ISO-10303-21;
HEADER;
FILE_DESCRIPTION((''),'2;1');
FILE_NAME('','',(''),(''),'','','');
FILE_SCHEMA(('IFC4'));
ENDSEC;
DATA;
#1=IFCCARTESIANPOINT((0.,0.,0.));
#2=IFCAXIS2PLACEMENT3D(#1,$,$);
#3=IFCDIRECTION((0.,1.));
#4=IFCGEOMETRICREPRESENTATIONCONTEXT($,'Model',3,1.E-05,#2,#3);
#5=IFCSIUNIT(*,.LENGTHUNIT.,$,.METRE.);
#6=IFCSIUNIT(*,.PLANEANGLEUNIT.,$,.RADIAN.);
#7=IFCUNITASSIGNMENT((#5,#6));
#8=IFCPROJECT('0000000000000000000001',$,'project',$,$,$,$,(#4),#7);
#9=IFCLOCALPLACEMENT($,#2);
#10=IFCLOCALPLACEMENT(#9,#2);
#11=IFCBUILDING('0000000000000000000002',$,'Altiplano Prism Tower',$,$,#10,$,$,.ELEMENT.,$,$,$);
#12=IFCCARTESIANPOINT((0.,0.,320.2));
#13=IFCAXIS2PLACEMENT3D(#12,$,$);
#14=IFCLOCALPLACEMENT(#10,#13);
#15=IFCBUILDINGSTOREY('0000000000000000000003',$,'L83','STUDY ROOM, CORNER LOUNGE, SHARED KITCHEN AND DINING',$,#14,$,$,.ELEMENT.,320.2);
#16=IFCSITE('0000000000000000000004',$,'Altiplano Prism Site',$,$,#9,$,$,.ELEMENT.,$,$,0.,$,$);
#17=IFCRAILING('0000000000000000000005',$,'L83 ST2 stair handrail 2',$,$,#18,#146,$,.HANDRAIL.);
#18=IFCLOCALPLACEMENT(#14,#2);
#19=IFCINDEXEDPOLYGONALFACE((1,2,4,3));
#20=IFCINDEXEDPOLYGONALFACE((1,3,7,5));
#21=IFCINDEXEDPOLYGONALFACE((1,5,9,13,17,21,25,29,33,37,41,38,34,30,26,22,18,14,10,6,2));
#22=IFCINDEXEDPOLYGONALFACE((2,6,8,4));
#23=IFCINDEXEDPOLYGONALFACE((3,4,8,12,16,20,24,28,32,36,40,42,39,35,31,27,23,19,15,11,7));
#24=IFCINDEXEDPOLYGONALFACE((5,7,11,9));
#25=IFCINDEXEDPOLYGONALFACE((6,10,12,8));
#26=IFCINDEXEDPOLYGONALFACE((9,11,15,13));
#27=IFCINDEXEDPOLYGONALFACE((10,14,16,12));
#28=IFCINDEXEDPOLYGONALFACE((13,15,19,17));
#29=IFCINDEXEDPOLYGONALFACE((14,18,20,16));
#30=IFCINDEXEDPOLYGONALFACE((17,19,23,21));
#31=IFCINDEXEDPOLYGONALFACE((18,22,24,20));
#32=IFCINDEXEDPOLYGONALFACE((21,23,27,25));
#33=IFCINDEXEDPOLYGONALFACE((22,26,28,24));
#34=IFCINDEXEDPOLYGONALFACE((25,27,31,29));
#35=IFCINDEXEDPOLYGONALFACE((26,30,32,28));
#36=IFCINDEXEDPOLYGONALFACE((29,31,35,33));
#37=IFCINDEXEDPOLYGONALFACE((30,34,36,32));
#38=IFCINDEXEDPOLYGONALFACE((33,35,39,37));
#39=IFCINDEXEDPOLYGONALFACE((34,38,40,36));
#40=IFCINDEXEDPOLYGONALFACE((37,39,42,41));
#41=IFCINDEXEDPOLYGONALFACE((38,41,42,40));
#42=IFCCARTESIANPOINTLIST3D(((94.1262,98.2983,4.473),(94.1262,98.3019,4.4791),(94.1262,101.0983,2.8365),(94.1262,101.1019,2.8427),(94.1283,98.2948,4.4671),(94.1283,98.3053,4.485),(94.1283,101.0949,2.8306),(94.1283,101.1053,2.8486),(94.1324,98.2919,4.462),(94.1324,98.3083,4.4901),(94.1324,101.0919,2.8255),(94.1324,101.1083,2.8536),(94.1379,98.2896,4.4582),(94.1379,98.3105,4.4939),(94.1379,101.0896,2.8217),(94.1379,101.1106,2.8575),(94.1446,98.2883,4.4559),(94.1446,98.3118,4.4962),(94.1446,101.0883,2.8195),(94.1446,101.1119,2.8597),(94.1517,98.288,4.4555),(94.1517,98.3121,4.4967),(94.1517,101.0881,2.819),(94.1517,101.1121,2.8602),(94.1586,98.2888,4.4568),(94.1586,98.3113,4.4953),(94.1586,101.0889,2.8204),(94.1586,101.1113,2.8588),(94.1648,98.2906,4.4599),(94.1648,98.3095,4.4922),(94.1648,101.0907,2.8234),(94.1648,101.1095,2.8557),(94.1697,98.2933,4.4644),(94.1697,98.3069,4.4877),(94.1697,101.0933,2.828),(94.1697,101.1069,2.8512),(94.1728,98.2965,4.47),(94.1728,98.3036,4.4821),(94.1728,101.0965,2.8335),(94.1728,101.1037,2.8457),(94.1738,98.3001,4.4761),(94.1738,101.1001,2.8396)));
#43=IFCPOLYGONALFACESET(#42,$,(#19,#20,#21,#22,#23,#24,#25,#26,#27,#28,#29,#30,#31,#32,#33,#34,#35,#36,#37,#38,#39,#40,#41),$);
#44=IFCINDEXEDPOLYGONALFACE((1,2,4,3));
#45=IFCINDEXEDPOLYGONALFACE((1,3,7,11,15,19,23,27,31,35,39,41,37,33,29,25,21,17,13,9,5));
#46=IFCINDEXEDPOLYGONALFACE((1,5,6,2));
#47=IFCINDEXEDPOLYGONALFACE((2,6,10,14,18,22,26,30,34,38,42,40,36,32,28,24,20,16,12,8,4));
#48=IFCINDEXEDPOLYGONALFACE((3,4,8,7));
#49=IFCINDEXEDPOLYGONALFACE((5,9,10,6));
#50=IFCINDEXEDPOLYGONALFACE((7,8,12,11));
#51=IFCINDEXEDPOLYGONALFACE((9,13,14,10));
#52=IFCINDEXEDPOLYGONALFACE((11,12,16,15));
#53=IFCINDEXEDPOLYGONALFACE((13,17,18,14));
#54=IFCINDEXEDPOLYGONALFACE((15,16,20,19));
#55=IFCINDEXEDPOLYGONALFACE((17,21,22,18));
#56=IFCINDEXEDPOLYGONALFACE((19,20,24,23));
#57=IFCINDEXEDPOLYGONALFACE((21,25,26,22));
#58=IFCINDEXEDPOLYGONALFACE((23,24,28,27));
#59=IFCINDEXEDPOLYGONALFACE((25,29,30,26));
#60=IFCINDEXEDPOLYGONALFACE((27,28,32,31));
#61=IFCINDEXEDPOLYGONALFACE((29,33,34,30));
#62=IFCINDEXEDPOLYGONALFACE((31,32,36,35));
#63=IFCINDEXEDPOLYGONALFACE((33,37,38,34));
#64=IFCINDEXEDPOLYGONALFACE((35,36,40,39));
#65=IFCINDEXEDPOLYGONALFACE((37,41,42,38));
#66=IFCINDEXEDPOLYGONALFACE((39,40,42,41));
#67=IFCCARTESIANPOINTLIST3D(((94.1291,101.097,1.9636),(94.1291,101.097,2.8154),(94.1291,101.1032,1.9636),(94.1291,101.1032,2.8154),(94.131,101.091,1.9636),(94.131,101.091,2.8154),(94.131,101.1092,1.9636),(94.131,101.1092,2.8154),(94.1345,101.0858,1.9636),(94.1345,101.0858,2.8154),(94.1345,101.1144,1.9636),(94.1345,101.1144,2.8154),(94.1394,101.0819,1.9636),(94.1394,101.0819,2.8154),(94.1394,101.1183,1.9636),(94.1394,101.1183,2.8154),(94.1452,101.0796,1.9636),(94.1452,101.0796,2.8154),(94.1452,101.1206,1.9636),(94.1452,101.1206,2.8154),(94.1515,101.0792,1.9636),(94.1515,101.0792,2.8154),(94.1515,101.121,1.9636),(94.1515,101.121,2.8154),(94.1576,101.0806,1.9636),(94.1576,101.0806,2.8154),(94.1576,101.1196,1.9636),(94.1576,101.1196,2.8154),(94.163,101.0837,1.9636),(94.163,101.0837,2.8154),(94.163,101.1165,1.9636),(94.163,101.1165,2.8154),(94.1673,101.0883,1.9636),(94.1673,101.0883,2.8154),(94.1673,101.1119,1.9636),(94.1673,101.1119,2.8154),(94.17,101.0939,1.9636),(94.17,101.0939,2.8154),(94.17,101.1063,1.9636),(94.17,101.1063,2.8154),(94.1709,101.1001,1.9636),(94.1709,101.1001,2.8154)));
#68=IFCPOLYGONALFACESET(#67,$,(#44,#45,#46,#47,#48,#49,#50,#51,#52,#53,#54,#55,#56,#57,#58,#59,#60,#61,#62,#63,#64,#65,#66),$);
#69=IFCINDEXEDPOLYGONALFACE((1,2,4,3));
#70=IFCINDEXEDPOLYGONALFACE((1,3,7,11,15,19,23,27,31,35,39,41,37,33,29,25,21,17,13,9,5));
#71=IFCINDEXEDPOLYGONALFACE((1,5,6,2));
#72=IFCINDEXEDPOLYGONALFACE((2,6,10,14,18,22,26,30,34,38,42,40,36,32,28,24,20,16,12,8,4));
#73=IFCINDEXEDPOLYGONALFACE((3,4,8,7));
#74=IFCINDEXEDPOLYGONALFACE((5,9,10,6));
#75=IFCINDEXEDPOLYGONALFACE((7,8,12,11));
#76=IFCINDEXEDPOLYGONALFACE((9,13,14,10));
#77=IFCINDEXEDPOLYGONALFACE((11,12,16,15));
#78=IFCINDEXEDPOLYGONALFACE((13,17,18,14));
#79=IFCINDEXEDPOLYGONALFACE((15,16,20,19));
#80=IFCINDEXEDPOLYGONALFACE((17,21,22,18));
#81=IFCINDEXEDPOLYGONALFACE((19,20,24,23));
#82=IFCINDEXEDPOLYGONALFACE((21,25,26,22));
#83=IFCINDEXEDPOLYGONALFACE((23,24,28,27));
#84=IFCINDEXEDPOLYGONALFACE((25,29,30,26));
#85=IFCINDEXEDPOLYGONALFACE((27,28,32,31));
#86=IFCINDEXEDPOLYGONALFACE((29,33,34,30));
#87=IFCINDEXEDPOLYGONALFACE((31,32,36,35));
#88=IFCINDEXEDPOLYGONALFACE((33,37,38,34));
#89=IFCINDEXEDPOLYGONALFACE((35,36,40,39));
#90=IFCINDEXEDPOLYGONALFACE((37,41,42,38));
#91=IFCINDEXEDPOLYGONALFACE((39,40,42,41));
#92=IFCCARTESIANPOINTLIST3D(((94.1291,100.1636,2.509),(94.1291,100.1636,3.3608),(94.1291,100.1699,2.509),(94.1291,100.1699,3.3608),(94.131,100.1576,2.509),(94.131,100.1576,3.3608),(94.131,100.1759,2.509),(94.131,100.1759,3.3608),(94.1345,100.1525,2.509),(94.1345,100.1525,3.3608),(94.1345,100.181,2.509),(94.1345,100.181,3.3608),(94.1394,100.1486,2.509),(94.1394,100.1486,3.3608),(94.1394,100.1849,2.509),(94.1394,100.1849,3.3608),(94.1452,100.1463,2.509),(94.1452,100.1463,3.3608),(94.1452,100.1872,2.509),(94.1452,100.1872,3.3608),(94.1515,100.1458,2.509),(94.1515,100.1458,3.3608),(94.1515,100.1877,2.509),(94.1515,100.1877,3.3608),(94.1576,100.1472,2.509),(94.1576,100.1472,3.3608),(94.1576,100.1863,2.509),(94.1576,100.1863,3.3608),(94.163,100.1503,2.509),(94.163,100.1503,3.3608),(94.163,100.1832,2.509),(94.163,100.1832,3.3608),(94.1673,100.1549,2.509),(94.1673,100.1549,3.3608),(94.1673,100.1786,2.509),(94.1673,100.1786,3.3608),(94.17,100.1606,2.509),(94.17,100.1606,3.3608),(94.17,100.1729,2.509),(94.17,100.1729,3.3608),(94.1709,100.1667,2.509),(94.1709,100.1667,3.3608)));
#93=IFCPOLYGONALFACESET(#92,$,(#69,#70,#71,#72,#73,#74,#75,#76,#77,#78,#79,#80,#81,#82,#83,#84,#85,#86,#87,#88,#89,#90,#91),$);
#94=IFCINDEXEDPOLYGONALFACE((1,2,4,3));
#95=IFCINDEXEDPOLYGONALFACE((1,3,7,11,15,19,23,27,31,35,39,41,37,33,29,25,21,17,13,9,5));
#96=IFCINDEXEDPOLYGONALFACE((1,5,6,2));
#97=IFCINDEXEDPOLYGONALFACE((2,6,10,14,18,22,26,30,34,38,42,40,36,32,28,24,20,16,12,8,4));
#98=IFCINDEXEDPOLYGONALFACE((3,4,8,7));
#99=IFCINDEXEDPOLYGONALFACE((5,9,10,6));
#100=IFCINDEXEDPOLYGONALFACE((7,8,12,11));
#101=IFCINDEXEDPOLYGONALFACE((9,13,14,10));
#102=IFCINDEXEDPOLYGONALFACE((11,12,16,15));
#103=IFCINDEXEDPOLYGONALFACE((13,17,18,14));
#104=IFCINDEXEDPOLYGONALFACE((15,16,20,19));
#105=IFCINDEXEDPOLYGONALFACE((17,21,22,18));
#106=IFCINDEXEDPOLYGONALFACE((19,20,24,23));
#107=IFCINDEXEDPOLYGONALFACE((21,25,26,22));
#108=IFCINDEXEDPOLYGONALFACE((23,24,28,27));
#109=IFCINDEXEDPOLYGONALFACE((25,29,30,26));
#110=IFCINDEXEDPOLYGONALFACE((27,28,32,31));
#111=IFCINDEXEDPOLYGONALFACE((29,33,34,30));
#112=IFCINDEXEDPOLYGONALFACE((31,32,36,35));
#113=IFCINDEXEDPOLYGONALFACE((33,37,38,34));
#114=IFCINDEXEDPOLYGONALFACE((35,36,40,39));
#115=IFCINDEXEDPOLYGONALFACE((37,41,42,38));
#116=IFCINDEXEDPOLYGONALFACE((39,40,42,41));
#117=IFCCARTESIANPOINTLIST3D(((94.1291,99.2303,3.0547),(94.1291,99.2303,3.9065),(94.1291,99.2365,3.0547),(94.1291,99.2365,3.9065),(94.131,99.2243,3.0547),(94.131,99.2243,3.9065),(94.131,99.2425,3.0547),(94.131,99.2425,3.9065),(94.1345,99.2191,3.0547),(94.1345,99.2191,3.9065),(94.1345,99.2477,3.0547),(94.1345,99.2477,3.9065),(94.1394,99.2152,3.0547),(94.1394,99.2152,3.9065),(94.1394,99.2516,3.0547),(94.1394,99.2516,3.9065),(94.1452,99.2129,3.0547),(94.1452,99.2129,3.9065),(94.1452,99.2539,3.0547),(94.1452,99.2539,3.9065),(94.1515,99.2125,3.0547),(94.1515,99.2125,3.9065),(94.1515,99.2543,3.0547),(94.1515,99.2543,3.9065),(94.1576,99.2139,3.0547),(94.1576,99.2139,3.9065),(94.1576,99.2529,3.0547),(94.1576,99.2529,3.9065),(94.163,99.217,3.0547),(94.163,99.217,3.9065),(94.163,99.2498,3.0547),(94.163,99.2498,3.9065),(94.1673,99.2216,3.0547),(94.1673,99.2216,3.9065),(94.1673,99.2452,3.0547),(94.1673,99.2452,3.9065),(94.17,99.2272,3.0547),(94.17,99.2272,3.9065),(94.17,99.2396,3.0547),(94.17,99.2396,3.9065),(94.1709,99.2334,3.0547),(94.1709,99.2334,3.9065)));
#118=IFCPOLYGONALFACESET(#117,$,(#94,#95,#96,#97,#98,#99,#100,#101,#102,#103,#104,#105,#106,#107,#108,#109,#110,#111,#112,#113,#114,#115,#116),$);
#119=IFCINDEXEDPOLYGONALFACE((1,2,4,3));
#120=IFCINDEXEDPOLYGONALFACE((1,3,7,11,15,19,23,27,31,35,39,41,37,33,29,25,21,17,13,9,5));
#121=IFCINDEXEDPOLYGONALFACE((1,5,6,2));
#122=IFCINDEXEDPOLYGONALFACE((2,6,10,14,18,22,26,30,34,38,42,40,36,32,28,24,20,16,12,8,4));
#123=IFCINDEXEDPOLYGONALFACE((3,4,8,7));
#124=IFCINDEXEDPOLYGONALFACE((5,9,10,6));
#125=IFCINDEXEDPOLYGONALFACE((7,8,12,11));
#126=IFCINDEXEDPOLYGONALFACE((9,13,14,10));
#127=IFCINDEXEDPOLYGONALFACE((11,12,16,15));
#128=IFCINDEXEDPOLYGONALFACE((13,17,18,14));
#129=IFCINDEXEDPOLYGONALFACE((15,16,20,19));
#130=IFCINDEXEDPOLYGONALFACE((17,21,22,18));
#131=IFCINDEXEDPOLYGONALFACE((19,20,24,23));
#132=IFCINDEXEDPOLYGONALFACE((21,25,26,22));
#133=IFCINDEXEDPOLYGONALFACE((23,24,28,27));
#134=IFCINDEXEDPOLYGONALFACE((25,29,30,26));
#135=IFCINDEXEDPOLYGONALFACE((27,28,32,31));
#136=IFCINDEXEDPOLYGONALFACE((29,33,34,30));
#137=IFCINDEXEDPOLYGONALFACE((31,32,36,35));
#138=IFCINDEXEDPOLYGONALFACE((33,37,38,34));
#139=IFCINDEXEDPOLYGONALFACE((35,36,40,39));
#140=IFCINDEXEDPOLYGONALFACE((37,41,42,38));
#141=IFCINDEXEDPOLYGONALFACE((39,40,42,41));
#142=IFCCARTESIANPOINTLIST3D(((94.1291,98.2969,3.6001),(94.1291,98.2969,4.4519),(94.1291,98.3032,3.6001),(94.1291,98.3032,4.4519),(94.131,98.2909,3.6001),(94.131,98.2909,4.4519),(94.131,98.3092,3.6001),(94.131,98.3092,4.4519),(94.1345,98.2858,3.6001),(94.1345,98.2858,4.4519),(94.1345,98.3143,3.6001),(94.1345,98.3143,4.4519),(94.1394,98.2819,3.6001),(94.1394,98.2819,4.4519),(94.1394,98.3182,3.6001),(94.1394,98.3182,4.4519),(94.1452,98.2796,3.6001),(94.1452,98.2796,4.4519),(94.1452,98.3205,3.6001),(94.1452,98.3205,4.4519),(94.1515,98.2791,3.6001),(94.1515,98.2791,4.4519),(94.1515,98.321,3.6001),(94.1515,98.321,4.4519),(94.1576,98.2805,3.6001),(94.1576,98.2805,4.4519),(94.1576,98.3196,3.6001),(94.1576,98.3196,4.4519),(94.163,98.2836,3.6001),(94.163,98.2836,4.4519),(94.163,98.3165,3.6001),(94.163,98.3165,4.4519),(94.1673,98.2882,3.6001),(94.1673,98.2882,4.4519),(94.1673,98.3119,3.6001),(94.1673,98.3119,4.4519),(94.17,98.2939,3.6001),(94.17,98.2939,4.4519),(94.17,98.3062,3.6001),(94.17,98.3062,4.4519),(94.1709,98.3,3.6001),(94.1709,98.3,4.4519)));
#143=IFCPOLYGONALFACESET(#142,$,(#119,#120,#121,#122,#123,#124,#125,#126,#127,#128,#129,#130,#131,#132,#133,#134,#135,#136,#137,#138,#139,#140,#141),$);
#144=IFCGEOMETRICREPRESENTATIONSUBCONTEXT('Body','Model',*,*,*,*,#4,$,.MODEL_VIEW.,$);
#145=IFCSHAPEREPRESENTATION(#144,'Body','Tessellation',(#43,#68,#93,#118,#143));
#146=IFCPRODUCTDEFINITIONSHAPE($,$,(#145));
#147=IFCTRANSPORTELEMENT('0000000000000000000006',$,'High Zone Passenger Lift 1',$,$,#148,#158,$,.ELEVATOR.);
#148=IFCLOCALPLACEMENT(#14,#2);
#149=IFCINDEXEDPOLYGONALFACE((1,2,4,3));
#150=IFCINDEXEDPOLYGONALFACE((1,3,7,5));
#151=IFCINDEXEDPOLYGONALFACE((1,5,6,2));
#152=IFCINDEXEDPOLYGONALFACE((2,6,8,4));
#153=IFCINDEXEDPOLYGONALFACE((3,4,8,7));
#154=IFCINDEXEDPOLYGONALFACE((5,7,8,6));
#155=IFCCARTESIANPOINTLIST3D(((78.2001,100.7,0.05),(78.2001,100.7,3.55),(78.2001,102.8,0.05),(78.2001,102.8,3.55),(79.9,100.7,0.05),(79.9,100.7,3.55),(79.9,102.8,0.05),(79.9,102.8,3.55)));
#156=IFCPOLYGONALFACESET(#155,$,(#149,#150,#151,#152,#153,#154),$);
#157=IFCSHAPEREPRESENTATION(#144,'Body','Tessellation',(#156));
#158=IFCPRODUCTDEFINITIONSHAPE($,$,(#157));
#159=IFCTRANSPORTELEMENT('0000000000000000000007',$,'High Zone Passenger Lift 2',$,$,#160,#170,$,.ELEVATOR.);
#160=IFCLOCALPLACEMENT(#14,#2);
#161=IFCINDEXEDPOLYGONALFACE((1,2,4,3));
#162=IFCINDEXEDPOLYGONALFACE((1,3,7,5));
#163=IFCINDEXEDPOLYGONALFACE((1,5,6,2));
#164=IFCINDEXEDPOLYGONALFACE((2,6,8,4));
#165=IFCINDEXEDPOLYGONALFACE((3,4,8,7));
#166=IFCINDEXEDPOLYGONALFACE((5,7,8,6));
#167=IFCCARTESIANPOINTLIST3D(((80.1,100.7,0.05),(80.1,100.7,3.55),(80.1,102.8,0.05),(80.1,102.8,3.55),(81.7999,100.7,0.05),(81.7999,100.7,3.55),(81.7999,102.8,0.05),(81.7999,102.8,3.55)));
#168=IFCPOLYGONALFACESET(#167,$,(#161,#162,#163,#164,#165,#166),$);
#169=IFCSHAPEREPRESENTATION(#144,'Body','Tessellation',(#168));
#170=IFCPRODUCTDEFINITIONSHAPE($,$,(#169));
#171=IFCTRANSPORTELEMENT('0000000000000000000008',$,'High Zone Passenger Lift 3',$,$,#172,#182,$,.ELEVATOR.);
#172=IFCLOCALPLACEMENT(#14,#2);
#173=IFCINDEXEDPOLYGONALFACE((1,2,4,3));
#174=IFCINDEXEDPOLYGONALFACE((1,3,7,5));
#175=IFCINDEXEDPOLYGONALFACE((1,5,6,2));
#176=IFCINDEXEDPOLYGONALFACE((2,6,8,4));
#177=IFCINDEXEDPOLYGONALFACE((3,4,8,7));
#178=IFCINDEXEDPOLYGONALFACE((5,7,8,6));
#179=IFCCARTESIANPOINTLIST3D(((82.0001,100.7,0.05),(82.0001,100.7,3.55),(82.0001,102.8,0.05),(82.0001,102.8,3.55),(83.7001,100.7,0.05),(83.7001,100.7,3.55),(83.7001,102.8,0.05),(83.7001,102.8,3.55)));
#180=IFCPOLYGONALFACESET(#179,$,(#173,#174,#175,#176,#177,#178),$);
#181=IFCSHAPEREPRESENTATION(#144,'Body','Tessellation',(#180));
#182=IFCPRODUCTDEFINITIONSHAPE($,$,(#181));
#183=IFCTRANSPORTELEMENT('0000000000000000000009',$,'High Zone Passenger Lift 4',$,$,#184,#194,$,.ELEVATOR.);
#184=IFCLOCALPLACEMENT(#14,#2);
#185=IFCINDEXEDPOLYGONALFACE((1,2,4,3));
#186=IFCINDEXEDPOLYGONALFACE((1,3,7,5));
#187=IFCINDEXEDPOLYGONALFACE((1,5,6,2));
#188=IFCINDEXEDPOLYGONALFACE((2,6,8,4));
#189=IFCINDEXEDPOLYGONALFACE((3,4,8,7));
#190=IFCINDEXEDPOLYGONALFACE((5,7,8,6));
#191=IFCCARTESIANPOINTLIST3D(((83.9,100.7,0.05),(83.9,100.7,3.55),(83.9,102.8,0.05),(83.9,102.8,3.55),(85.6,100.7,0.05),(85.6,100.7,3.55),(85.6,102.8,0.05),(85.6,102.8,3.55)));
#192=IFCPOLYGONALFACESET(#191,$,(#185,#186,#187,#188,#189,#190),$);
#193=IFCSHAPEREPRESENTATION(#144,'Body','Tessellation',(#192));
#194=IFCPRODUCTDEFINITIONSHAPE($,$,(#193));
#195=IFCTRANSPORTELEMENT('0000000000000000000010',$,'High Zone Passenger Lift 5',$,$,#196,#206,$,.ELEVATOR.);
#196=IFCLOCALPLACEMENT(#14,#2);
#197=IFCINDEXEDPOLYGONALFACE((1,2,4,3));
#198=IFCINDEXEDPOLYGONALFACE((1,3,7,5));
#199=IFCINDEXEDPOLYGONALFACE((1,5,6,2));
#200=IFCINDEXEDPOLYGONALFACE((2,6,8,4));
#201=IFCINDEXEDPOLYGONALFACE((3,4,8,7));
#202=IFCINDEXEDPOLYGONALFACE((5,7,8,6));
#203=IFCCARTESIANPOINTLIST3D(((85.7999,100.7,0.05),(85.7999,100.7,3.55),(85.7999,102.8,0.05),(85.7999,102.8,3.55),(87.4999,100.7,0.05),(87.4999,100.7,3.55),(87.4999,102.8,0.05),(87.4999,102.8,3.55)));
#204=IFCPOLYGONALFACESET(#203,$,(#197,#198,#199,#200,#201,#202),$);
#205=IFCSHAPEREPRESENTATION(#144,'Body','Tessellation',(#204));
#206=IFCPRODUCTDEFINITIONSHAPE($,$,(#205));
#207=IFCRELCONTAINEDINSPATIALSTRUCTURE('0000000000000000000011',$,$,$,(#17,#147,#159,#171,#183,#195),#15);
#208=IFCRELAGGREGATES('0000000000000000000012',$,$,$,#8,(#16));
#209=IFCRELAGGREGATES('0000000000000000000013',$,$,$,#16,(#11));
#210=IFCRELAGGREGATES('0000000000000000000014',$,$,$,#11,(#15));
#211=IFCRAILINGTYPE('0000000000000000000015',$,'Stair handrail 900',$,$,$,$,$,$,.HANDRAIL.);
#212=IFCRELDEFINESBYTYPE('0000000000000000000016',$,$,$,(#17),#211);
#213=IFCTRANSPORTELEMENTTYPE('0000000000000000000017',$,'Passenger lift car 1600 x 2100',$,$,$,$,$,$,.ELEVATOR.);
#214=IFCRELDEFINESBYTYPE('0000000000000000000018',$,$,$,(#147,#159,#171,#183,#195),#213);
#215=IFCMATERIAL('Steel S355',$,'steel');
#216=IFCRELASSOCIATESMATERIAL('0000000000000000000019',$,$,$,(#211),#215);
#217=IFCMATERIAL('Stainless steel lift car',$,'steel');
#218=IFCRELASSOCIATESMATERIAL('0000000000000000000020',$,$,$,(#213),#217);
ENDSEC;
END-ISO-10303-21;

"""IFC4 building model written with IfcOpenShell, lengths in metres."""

from ifc_helpers import new_model, si_unit, direction, frame, origin, origin_2d, place, context, subcontext, project, spatial, rectangle, circle, extrude, material, type_object, element, save


model = new_model("IFC4")

# Units and contexts
model_context = context("Model", 3, precision=1e-05, world=origin(), true_north=direction((0.0, 1.0)))
body_context = subcontext(model_context, "Body", "Model", "MODEL_VIEW")
ifc_project = project(units=[si_unit("LENGTHUNIT", "METRE"), si_unit("PLANEANGLEUNIT", "RADIAN")], contexts=[model_context])

# Site, building, storey
site_placement = place(None, origin())
site = spatial("IfcSite", under=ifc_project, at=site_placement, Name="Altiplano Prism Site", CompositionType="ELEMENT", RefElevation=0.0)
building_placement = place(site_placement, origin())
building = spatial("IfcBuilding", under=site, at=building_placement, Name="Altiplano Prism Tower", CompositionType="ELEMENT")
storey_placement = place(building_placement, frame((0.0, 0.0, 320.2)))
storey = spatial("IfcBuildingStorey", under=building, at=storey_placement, Name="L83", Description="STUDY ROOM, CORNER LOUNGE, SHARED KITCHEN AND DINING", CompositionType="ELEMENT", Elevation=320.2)

# Railing
ifc_material_1 = material(Name="Steel S355", Category="steel")
railing_type = type_object("IfcRailingType", Name="Stair handrail 900", PredefinedType="HANDRAIL", material=ifc_material_1)
railing_placement = place(storey_placement, frame((94.1499, 101.1001, 1.9636)))
element("IfcRailing", 1, at=railing_placement, inside=storey, type_object=railing_type, Name="L83 ST2 stair handrail 2", PredefinedType="HANDRAIL", context=body_context, shape_type="SweptSolid", body=[
    extrude(circle(Radius=0.0239, at=origin_2d()), frame((0.0, 0.0, 0.876), z_axis=(0.0, -0.863361, 0.504587), x_axis=(1.0, 0.0, 0.0)), (0.0, 0.0, 1.0), 3.2432),
    extrude(circle(Radius=0.021, at=origin_2d()), origin(), (0.0, 0.0, 1.0), 0.8518),
    extrude(circle(Radius=0.021, at=origin_2d()), frame((0.0, -0.9333, 0.5454)), (0.0, 0.0, 1.0), 0.8518),
    extrude(circle(Radius=0.021, at=origin_2d()), frame((0.0, -1.8667, 1.0911)), (0.0, 0.0, 1.0), 0.8518),
    extrude(circle(Radius=0.021, at=origin_2d()), frame((0.0, -2.8, 1.6365)), (0.0, 0.0, 1.0), 0.8518),
])

# Transport elements
ifc_material_2 = material(Name="Stainless steel lift car", Category="steel")
transport_element_type = type_object("IfcTransportElementType", Name="Passenger lift car 1600 x 2100", PredefinedType="ELEVATOR", material=ifc_material_2)
for number, where, z_axis, x_axis, name in (
    (2, (79.05, 101.75, 0.05), (0.0, 0.0, 1.0), (1.0, 0.0, 0.0), "High Zone Passenger Lift 1"),
    (3, (80.95, 101.75, 0.05), (0.0, 0.0, 1.0), (1.0, 0.0, 0.0), "High Zone Passenger Lift 2"),
    (4, (82.8501, 101.75, 0.05), (0.0, 0.0, 1.0), (1.0, 0.0, 0.0), "High Zone Passenger Lift 3"),
    (5, (84.75, 101.75, 0.05), (0.0, 0.0, 1.0), (1.0, 0.0, 0.0), "High Zone Passenger Lift 4"),
    (6, (86.6499, 101.75, 0.05), (0.0, 0.0, 1.0), (1.0, 0.0, 0.0), "High Zone Passenger Lift 5"),
):
    element("IfcTransportElement", number, at=place(storey_placement, frame(where, z_axis=z_axis, x_axis=x_axis)), inside=storey, type_object=transport_element_type, Name=name, PredefinedType="ELEVATOR", context=body_context, shape_type="SweptSolid", body=[
        extrude(rectangle(XDim=1.7, YDim=2.1001, at=origin_2d()), origin(), (0.0, 0.0, 1.0), 3.5),
    ])

save(model, "model.ifc")
